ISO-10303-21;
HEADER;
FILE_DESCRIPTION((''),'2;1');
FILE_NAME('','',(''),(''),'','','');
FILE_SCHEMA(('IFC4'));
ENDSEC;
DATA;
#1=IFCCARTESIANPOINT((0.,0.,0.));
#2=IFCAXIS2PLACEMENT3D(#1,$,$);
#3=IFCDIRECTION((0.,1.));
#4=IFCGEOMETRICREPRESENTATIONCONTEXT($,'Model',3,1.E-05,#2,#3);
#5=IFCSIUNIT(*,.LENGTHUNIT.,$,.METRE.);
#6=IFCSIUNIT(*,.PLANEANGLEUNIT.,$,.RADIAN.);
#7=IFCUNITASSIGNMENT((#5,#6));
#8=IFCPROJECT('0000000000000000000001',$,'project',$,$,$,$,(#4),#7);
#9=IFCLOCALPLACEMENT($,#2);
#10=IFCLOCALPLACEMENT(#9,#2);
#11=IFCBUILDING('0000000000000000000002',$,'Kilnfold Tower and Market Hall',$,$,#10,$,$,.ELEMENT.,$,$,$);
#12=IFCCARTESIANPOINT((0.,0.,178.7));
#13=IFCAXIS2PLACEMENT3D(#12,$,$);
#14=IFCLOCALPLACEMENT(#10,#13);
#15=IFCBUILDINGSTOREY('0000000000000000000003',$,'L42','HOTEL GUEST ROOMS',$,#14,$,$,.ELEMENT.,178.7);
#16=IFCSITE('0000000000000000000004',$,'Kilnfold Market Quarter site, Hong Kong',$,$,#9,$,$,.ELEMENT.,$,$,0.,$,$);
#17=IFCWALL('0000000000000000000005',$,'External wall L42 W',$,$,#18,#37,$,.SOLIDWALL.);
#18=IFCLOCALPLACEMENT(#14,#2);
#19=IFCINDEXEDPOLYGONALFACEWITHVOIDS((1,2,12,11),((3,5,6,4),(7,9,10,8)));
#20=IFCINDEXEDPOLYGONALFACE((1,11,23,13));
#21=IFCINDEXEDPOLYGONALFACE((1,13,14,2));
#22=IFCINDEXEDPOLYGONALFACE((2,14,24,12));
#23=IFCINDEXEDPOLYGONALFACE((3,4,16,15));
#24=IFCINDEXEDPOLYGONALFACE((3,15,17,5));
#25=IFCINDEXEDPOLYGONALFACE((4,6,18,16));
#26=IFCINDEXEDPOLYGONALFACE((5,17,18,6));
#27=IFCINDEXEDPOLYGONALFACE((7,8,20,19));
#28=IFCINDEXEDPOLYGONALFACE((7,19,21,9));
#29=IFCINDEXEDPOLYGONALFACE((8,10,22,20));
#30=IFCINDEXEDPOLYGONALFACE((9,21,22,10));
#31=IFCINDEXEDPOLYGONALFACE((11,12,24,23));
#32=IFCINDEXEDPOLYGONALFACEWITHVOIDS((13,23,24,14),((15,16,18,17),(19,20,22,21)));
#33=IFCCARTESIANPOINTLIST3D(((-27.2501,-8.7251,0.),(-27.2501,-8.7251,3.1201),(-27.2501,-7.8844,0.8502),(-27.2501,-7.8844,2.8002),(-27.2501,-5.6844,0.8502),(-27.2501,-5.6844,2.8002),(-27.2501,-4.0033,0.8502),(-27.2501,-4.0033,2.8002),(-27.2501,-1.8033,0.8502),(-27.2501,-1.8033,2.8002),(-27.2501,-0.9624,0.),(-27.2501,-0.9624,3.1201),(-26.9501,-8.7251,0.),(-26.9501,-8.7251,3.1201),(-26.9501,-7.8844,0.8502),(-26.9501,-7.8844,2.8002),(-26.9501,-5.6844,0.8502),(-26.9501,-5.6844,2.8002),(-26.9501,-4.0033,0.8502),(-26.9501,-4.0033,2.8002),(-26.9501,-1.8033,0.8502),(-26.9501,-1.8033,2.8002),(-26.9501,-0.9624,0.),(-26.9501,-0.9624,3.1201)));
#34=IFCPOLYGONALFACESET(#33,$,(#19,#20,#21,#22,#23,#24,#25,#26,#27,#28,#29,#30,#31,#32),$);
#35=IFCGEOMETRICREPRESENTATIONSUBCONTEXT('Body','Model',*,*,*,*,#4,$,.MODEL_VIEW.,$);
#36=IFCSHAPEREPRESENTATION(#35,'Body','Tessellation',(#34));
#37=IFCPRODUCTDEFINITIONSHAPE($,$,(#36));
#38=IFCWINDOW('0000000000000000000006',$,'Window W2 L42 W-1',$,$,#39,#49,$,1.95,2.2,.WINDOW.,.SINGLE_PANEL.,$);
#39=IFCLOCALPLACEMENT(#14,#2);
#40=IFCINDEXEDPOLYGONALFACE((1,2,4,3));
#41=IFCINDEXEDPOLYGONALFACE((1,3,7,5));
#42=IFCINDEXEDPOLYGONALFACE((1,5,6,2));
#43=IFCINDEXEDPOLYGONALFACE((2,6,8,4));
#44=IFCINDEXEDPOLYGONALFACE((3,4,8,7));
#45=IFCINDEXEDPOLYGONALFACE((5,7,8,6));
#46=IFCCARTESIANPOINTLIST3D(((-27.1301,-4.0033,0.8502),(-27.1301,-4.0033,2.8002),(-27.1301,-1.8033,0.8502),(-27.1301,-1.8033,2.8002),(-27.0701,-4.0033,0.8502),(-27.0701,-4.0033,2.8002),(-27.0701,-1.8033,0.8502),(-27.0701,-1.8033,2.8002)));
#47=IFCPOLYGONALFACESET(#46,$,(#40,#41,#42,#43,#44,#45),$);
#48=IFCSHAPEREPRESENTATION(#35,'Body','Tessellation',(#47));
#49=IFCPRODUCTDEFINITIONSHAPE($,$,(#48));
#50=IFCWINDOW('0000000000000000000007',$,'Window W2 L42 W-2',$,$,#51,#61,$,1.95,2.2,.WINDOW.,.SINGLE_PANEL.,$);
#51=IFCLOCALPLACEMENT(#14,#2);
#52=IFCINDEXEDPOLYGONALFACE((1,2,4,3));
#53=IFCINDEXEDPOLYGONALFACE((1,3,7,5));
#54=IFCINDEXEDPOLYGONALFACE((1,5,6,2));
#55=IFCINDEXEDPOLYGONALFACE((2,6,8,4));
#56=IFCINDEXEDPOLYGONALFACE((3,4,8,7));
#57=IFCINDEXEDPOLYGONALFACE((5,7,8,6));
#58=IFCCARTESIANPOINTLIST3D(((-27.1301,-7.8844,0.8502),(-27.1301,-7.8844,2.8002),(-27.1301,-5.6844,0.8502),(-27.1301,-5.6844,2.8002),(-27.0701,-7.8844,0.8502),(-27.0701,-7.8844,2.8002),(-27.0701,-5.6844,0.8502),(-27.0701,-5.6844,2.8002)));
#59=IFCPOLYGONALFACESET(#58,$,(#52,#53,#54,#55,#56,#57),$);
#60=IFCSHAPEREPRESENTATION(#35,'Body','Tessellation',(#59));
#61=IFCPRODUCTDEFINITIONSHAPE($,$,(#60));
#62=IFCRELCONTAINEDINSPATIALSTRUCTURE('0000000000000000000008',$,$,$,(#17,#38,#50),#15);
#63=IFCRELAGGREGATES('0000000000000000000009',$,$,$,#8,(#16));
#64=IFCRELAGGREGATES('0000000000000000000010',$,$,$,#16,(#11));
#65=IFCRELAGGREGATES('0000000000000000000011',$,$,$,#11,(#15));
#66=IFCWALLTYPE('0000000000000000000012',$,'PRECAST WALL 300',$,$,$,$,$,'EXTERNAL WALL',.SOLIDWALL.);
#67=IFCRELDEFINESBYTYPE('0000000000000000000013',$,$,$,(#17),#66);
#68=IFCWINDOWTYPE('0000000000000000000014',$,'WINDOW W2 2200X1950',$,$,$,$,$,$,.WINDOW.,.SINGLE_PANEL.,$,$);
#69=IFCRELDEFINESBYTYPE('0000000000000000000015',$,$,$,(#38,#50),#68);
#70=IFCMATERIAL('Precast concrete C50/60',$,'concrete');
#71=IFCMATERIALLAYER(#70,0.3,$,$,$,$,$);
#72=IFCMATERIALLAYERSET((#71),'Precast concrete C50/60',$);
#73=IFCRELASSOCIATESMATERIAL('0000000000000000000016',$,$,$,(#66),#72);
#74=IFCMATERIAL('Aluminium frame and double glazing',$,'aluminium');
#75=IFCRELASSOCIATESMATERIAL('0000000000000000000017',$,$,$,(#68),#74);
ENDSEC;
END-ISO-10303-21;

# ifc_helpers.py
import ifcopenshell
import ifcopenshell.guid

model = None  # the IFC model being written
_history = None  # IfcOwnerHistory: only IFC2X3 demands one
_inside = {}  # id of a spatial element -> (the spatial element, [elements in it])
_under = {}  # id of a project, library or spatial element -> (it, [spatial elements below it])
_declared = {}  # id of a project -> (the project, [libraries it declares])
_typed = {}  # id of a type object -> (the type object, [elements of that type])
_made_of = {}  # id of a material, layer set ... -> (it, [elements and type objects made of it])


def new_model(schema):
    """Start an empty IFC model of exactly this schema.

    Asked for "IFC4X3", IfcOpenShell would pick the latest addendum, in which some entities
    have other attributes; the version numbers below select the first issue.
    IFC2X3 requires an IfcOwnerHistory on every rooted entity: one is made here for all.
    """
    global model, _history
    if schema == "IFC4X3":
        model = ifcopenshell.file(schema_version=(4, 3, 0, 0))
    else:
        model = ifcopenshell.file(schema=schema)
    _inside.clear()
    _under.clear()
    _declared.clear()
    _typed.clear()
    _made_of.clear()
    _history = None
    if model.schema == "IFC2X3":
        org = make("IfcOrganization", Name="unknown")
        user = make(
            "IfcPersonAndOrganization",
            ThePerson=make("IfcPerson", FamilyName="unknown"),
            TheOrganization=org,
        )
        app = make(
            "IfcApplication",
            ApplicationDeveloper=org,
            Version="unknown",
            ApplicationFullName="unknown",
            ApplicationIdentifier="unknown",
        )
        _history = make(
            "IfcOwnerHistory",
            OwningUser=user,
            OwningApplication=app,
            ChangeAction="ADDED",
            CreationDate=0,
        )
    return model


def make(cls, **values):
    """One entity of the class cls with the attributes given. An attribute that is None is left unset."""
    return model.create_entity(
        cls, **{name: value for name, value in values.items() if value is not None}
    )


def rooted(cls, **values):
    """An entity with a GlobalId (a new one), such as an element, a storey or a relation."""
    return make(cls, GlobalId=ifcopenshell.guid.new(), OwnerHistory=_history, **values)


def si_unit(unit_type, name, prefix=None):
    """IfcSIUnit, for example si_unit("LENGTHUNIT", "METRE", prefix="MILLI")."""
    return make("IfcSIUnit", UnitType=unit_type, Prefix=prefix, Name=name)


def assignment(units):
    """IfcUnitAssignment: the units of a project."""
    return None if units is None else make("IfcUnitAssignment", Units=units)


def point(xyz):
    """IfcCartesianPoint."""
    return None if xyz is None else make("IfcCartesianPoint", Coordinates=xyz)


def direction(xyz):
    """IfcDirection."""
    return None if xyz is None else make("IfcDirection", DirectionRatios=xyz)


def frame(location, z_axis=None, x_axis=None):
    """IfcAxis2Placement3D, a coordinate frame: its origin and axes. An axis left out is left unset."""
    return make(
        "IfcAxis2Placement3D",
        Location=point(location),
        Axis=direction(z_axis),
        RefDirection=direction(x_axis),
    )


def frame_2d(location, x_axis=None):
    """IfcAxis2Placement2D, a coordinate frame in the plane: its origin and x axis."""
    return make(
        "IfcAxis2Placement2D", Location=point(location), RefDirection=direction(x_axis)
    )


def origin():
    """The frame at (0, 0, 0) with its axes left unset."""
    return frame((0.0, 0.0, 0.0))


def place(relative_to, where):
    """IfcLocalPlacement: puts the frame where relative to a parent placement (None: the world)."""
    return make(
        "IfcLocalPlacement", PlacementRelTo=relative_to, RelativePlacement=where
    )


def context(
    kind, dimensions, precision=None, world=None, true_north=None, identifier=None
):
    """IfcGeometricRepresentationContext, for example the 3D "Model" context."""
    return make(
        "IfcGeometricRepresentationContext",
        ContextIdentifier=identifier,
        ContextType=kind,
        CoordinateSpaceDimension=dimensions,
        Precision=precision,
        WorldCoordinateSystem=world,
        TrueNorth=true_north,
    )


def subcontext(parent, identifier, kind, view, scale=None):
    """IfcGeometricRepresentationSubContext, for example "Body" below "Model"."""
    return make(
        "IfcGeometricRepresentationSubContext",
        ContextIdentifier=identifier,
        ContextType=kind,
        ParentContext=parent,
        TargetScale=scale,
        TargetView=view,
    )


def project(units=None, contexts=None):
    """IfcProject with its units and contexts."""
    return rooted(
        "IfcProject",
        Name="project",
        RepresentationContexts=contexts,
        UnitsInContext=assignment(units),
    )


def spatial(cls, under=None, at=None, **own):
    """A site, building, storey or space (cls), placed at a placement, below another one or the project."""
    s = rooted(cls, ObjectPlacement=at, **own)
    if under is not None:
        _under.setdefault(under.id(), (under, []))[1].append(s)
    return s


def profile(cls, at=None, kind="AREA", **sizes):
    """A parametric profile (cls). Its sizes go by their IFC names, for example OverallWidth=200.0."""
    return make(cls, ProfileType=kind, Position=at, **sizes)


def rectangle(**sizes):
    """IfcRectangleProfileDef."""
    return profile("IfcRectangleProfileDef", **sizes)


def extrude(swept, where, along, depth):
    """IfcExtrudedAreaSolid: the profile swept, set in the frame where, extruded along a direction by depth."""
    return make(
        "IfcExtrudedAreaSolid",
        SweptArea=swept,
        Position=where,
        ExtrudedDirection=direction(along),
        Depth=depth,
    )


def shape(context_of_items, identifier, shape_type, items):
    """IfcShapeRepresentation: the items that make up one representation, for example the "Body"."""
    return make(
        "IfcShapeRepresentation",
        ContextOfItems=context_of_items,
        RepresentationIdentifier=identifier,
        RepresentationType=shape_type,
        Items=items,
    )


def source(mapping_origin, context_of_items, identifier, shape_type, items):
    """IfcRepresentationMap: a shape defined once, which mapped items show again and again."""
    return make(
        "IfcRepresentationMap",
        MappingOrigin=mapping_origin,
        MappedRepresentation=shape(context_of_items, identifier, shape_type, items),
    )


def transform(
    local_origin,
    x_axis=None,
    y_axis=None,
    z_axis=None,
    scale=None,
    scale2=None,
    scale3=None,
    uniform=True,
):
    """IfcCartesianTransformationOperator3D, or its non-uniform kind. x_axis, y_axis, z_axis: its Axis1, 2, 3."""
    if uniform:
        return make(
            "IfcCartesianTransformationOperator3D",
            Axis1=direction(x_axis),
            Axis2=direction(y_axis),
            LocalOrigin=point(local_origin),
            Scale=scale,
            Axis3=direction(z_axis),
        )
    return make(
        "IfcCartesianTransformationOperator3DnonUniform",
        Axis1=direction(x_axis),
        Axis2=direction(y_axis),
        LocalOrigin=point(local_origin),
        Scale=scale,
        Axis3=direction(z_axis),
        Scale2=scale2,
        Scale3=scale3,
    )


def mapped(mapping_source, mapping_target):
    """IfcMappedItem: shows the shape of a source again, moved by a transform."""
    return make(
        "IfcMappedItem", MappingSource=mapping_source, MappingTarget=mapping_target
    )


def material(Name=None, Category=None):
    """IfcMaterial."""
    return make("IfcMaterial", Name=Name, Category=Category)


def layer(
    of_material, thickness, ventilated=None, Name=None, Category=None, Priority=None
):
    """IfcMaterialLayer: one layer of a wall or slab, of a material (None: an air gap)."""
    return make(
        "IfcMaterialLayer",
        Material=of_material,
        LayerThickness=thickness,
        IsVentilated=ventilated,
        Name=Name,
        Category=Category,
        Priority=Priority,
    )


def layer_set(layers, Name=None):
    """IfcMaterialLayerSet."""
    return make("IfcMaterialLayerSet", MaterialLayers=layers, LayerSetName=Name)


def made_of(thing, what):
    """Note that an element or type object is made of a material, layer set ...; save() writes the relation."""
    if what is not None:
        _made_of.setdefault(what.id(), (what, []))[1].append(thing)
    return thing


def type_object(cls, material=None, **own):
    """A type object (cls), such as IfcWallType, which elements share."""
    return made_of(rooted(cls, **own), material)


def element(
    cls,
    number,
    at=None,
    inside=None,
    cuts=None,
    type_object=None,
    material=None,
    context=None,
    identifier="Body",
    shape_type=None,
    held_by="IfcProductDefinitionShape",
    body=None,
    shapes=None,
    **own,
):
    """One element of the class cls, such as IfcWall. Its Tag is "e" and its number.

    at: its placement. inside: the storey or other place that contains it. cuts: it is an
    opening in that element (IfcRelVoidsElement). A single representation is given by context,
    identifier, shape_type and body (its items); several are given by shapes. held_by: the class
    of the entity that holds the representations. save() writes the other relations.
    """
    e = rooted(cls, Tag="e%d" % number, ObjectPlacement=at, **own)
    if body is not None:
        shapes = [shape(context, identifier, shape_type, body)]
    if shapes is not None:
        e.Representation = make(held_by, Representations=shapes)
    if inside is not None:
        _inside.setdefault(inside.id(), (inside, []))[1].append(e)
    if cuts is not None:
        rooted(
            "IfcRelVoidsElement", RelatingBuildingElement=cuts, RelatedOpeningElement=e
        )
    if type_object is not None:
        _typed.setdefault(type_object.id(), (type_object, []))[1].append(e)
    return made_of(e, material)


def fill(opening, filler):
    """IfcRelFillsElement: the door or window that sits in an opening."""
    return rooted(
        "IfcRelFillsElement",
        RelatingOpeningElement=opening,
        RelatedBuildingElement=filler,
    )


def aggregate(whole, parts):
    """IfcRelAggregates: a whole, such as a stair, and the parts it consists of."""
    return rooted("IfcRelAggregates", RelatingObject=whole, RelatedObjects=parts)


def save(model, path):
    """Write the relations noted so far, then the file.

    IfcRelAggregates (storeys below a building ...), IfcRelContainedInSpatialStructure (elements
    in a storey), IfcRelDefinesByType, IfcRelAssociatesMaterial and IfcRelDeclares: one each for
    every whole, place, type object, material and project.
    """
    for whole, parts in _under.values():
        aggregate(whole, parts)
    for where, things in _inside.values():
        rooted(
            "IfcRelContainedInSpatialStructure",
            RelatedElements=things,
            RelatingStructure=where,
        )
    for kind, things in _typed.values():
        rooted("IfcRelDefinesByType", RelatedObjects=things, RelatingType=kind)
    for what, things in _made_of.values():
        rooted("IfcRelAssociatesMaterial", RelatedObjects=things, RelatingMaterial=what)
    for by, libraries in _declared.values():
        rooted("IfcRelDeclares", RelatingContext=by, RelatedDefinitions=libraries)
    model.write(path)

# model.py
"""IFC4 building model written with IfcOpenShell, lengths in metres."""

from ifc_helpers import new_model, si_unit, direction, frame, frame_2d, origin, place, context, subcontext, project, spatial, rectangle, extrude, source, transform, mapped, material, layer, layer_set, type_object, element, fill, save


model = new_model("IFC4")

# Units and contexts
model_context = context("Model", 3, precision=1e-05, world=origin(), true_north=direction((0.0, 1.0)))
body_context = subcontext(model_context, "Body", "Model", "MODEL_VIEW")
ifc_project = project(units=[si_unit("LENGTHUNIT", "METRE"), si_unit("PLANEANGLEUNIT", "RADIAN")], contexts=[model_context])

# Site, building, storey
site_placement = place(None, origin())
site = spatial("IfcSite", under=ifc_project, at=site_placement, Name="Kilnfold Market Quarter site, Hong Kong", CompositionType="ELEMENT", RefElevation=0.0)
building_placement = place(site_placement, origin())
building = spatial("IfcBuilding", under=site, at=building_placement, Name="Kilnfold Tower and Market Hall", CompositionType="ELEMENT")
storey_placement = place(building_placement, frame((0.0, 0.0, 178.7)))
storey = spatial("IfcBuildingStorey", under=building, at=storey_placement, Name="L42", Description="HOTEL GUEST ROOMS", CompositionType="ELEMENT", Elevation=178.7)

# Wall, openings, windows
ifc_material_1 = material(Name="Precast concrete C50/60", Category="concrete")
ifc_layer_1 = layer(ifc_material_1, 0.3)
ifc_layer_set_1 = layer_set([ifc_layer_1], Name="Precast concrete C50/60")
wall_type_1 = type_object("IfcWallType", Name="PRECAST WALL 300", ElementType="EXTERNAL WALL", PredefinedType="SOLIDWALL", material=ifc_layer_set_1)
shared_shape_1 = source(origin(), body_context, "Body", "SweptSolid", [
    extrude(rectangle(XDim=7.7627, YDim=0.3, at=frame_2d((3.8813, 0.0))), origin(), (0.0, 0.0, 1.0), 3.1201),
])
ifc_material_2 = material(Name="Aluminium frame and double glazing", Category="aluminium")
window_type = type_object("IfcWindowType", Name="WINDOW W2 2200X1950", PartitioningType="SINGLE_PANEL", PredefinedType="WINDOW", material=ifc_material_2)
wall_1_placement = place(storey_placement, frame((-27.1001, -0.9624, 0.0), z_axis=(0.0, 0.0, 1.0), x_axis=(0.0, -1.0, 0.0)))
wall_1 = element("IfcWall", 1, at=wall_1_placement, inside=storey, type_object=wall_type_1, Name="External wall L42 W", PredefinedType="SOLIDWALL", context=body_context, shape_type="MappedRepresentation", body=[
    mapped(shared_shape_1, transform((0.0, 0.0, 0.0))),
])
opening_1_placement = place(wall_1_placement, frame((0.8408, 0.0, 0.8501)))
opening_1 = element("IfcOpeningElement", 2, at=opening_1_placement, cuts=wall_1, PredefinedType="OPENING", context=body_context, shape_type="SweptSolid", body=[
    extrude(rectangle(XDim=2.2, YDim=1.95, at=frame_2d((1.1001, 0.9751))), frame((0.0, 0.1602, 0.0), z_axis=(0.0, -1.0, 0.0), x_axis=(1.0, 0.0, 0.0)), (0.0, 0.0, 1.0), 0.3201),
])
opening_2_placement = place(wall_1_placement, frame((4.7219, 0.0, 0.8501)))
opening_2 = element("IfcOpeningElement", 3, at=opening_2_placement, cuts=wall_1, PredefinedType="OPENING", context=body_context, shape_type="SweptSolid", body=[
    extrude(rectangle(XDim=2.2, YDim=1.95, at=frame_2d((1.1001, 0.9751))), frame((0.0, 0.1602, 0.0), z_axis=(0.0, -1.0, 0.0), x_axis=(1.0, 0.0, 0.0)), (0.0, 0.0, 1.0), 0.3201),
])
window_1_placement = place(opening_1_placement, origin())
window_1 = element("IfcWindow", 4, at=window_1_placement, inside=storey, type_object=window_type, Name="Window W2 L42 W-1", OverallHeight=1.95, OverallWidth=2.2, PartitioningType="SINGLE_PANEL", PredefinedType="WINDOW", context=body_context, shape_type="SweptSolid", body=[
    extrude(rectangle(XDim=2.2, YDim=1.95, at=frame_2d((1.1001, 0.9751))), frame((0.0, 0.03, 0.0), z_axis=(0.0, -1.0, 0.0), x_axis=(1.0, 0.0, 0.0)), (0.0, 0.0, 1.0), 0.0601),
])
fill(opening_1, window_1)
window_2_placement = place(opening_2_placement, origin())
window_2 = element("IfcWindow", 5, at=window_2_placement, inside=storey, type_object=window_type, Name="Window W2 L42 W-2", OverallHeight=1.95, OverallWidth=2.2, PartitioningType="SINGLE_PANEL", PredefinedType="WINDOW", context=body_context, shape_type="SweptSolid", body=[
    extrude(rectangle(XDim=2.2, YDim=1.95, at=frame_2d((1.1001, 0.9751))), frame((0.0, 0.03, 0.0), z_axis=(0.0, -1.0, 0.0), x_axis=(1.0, 0.0, 0.0)), (0.0, 0.0, 1.0), 0.0601),
])
fill(opening_2, window_2)

save(model, "model.ifc")
